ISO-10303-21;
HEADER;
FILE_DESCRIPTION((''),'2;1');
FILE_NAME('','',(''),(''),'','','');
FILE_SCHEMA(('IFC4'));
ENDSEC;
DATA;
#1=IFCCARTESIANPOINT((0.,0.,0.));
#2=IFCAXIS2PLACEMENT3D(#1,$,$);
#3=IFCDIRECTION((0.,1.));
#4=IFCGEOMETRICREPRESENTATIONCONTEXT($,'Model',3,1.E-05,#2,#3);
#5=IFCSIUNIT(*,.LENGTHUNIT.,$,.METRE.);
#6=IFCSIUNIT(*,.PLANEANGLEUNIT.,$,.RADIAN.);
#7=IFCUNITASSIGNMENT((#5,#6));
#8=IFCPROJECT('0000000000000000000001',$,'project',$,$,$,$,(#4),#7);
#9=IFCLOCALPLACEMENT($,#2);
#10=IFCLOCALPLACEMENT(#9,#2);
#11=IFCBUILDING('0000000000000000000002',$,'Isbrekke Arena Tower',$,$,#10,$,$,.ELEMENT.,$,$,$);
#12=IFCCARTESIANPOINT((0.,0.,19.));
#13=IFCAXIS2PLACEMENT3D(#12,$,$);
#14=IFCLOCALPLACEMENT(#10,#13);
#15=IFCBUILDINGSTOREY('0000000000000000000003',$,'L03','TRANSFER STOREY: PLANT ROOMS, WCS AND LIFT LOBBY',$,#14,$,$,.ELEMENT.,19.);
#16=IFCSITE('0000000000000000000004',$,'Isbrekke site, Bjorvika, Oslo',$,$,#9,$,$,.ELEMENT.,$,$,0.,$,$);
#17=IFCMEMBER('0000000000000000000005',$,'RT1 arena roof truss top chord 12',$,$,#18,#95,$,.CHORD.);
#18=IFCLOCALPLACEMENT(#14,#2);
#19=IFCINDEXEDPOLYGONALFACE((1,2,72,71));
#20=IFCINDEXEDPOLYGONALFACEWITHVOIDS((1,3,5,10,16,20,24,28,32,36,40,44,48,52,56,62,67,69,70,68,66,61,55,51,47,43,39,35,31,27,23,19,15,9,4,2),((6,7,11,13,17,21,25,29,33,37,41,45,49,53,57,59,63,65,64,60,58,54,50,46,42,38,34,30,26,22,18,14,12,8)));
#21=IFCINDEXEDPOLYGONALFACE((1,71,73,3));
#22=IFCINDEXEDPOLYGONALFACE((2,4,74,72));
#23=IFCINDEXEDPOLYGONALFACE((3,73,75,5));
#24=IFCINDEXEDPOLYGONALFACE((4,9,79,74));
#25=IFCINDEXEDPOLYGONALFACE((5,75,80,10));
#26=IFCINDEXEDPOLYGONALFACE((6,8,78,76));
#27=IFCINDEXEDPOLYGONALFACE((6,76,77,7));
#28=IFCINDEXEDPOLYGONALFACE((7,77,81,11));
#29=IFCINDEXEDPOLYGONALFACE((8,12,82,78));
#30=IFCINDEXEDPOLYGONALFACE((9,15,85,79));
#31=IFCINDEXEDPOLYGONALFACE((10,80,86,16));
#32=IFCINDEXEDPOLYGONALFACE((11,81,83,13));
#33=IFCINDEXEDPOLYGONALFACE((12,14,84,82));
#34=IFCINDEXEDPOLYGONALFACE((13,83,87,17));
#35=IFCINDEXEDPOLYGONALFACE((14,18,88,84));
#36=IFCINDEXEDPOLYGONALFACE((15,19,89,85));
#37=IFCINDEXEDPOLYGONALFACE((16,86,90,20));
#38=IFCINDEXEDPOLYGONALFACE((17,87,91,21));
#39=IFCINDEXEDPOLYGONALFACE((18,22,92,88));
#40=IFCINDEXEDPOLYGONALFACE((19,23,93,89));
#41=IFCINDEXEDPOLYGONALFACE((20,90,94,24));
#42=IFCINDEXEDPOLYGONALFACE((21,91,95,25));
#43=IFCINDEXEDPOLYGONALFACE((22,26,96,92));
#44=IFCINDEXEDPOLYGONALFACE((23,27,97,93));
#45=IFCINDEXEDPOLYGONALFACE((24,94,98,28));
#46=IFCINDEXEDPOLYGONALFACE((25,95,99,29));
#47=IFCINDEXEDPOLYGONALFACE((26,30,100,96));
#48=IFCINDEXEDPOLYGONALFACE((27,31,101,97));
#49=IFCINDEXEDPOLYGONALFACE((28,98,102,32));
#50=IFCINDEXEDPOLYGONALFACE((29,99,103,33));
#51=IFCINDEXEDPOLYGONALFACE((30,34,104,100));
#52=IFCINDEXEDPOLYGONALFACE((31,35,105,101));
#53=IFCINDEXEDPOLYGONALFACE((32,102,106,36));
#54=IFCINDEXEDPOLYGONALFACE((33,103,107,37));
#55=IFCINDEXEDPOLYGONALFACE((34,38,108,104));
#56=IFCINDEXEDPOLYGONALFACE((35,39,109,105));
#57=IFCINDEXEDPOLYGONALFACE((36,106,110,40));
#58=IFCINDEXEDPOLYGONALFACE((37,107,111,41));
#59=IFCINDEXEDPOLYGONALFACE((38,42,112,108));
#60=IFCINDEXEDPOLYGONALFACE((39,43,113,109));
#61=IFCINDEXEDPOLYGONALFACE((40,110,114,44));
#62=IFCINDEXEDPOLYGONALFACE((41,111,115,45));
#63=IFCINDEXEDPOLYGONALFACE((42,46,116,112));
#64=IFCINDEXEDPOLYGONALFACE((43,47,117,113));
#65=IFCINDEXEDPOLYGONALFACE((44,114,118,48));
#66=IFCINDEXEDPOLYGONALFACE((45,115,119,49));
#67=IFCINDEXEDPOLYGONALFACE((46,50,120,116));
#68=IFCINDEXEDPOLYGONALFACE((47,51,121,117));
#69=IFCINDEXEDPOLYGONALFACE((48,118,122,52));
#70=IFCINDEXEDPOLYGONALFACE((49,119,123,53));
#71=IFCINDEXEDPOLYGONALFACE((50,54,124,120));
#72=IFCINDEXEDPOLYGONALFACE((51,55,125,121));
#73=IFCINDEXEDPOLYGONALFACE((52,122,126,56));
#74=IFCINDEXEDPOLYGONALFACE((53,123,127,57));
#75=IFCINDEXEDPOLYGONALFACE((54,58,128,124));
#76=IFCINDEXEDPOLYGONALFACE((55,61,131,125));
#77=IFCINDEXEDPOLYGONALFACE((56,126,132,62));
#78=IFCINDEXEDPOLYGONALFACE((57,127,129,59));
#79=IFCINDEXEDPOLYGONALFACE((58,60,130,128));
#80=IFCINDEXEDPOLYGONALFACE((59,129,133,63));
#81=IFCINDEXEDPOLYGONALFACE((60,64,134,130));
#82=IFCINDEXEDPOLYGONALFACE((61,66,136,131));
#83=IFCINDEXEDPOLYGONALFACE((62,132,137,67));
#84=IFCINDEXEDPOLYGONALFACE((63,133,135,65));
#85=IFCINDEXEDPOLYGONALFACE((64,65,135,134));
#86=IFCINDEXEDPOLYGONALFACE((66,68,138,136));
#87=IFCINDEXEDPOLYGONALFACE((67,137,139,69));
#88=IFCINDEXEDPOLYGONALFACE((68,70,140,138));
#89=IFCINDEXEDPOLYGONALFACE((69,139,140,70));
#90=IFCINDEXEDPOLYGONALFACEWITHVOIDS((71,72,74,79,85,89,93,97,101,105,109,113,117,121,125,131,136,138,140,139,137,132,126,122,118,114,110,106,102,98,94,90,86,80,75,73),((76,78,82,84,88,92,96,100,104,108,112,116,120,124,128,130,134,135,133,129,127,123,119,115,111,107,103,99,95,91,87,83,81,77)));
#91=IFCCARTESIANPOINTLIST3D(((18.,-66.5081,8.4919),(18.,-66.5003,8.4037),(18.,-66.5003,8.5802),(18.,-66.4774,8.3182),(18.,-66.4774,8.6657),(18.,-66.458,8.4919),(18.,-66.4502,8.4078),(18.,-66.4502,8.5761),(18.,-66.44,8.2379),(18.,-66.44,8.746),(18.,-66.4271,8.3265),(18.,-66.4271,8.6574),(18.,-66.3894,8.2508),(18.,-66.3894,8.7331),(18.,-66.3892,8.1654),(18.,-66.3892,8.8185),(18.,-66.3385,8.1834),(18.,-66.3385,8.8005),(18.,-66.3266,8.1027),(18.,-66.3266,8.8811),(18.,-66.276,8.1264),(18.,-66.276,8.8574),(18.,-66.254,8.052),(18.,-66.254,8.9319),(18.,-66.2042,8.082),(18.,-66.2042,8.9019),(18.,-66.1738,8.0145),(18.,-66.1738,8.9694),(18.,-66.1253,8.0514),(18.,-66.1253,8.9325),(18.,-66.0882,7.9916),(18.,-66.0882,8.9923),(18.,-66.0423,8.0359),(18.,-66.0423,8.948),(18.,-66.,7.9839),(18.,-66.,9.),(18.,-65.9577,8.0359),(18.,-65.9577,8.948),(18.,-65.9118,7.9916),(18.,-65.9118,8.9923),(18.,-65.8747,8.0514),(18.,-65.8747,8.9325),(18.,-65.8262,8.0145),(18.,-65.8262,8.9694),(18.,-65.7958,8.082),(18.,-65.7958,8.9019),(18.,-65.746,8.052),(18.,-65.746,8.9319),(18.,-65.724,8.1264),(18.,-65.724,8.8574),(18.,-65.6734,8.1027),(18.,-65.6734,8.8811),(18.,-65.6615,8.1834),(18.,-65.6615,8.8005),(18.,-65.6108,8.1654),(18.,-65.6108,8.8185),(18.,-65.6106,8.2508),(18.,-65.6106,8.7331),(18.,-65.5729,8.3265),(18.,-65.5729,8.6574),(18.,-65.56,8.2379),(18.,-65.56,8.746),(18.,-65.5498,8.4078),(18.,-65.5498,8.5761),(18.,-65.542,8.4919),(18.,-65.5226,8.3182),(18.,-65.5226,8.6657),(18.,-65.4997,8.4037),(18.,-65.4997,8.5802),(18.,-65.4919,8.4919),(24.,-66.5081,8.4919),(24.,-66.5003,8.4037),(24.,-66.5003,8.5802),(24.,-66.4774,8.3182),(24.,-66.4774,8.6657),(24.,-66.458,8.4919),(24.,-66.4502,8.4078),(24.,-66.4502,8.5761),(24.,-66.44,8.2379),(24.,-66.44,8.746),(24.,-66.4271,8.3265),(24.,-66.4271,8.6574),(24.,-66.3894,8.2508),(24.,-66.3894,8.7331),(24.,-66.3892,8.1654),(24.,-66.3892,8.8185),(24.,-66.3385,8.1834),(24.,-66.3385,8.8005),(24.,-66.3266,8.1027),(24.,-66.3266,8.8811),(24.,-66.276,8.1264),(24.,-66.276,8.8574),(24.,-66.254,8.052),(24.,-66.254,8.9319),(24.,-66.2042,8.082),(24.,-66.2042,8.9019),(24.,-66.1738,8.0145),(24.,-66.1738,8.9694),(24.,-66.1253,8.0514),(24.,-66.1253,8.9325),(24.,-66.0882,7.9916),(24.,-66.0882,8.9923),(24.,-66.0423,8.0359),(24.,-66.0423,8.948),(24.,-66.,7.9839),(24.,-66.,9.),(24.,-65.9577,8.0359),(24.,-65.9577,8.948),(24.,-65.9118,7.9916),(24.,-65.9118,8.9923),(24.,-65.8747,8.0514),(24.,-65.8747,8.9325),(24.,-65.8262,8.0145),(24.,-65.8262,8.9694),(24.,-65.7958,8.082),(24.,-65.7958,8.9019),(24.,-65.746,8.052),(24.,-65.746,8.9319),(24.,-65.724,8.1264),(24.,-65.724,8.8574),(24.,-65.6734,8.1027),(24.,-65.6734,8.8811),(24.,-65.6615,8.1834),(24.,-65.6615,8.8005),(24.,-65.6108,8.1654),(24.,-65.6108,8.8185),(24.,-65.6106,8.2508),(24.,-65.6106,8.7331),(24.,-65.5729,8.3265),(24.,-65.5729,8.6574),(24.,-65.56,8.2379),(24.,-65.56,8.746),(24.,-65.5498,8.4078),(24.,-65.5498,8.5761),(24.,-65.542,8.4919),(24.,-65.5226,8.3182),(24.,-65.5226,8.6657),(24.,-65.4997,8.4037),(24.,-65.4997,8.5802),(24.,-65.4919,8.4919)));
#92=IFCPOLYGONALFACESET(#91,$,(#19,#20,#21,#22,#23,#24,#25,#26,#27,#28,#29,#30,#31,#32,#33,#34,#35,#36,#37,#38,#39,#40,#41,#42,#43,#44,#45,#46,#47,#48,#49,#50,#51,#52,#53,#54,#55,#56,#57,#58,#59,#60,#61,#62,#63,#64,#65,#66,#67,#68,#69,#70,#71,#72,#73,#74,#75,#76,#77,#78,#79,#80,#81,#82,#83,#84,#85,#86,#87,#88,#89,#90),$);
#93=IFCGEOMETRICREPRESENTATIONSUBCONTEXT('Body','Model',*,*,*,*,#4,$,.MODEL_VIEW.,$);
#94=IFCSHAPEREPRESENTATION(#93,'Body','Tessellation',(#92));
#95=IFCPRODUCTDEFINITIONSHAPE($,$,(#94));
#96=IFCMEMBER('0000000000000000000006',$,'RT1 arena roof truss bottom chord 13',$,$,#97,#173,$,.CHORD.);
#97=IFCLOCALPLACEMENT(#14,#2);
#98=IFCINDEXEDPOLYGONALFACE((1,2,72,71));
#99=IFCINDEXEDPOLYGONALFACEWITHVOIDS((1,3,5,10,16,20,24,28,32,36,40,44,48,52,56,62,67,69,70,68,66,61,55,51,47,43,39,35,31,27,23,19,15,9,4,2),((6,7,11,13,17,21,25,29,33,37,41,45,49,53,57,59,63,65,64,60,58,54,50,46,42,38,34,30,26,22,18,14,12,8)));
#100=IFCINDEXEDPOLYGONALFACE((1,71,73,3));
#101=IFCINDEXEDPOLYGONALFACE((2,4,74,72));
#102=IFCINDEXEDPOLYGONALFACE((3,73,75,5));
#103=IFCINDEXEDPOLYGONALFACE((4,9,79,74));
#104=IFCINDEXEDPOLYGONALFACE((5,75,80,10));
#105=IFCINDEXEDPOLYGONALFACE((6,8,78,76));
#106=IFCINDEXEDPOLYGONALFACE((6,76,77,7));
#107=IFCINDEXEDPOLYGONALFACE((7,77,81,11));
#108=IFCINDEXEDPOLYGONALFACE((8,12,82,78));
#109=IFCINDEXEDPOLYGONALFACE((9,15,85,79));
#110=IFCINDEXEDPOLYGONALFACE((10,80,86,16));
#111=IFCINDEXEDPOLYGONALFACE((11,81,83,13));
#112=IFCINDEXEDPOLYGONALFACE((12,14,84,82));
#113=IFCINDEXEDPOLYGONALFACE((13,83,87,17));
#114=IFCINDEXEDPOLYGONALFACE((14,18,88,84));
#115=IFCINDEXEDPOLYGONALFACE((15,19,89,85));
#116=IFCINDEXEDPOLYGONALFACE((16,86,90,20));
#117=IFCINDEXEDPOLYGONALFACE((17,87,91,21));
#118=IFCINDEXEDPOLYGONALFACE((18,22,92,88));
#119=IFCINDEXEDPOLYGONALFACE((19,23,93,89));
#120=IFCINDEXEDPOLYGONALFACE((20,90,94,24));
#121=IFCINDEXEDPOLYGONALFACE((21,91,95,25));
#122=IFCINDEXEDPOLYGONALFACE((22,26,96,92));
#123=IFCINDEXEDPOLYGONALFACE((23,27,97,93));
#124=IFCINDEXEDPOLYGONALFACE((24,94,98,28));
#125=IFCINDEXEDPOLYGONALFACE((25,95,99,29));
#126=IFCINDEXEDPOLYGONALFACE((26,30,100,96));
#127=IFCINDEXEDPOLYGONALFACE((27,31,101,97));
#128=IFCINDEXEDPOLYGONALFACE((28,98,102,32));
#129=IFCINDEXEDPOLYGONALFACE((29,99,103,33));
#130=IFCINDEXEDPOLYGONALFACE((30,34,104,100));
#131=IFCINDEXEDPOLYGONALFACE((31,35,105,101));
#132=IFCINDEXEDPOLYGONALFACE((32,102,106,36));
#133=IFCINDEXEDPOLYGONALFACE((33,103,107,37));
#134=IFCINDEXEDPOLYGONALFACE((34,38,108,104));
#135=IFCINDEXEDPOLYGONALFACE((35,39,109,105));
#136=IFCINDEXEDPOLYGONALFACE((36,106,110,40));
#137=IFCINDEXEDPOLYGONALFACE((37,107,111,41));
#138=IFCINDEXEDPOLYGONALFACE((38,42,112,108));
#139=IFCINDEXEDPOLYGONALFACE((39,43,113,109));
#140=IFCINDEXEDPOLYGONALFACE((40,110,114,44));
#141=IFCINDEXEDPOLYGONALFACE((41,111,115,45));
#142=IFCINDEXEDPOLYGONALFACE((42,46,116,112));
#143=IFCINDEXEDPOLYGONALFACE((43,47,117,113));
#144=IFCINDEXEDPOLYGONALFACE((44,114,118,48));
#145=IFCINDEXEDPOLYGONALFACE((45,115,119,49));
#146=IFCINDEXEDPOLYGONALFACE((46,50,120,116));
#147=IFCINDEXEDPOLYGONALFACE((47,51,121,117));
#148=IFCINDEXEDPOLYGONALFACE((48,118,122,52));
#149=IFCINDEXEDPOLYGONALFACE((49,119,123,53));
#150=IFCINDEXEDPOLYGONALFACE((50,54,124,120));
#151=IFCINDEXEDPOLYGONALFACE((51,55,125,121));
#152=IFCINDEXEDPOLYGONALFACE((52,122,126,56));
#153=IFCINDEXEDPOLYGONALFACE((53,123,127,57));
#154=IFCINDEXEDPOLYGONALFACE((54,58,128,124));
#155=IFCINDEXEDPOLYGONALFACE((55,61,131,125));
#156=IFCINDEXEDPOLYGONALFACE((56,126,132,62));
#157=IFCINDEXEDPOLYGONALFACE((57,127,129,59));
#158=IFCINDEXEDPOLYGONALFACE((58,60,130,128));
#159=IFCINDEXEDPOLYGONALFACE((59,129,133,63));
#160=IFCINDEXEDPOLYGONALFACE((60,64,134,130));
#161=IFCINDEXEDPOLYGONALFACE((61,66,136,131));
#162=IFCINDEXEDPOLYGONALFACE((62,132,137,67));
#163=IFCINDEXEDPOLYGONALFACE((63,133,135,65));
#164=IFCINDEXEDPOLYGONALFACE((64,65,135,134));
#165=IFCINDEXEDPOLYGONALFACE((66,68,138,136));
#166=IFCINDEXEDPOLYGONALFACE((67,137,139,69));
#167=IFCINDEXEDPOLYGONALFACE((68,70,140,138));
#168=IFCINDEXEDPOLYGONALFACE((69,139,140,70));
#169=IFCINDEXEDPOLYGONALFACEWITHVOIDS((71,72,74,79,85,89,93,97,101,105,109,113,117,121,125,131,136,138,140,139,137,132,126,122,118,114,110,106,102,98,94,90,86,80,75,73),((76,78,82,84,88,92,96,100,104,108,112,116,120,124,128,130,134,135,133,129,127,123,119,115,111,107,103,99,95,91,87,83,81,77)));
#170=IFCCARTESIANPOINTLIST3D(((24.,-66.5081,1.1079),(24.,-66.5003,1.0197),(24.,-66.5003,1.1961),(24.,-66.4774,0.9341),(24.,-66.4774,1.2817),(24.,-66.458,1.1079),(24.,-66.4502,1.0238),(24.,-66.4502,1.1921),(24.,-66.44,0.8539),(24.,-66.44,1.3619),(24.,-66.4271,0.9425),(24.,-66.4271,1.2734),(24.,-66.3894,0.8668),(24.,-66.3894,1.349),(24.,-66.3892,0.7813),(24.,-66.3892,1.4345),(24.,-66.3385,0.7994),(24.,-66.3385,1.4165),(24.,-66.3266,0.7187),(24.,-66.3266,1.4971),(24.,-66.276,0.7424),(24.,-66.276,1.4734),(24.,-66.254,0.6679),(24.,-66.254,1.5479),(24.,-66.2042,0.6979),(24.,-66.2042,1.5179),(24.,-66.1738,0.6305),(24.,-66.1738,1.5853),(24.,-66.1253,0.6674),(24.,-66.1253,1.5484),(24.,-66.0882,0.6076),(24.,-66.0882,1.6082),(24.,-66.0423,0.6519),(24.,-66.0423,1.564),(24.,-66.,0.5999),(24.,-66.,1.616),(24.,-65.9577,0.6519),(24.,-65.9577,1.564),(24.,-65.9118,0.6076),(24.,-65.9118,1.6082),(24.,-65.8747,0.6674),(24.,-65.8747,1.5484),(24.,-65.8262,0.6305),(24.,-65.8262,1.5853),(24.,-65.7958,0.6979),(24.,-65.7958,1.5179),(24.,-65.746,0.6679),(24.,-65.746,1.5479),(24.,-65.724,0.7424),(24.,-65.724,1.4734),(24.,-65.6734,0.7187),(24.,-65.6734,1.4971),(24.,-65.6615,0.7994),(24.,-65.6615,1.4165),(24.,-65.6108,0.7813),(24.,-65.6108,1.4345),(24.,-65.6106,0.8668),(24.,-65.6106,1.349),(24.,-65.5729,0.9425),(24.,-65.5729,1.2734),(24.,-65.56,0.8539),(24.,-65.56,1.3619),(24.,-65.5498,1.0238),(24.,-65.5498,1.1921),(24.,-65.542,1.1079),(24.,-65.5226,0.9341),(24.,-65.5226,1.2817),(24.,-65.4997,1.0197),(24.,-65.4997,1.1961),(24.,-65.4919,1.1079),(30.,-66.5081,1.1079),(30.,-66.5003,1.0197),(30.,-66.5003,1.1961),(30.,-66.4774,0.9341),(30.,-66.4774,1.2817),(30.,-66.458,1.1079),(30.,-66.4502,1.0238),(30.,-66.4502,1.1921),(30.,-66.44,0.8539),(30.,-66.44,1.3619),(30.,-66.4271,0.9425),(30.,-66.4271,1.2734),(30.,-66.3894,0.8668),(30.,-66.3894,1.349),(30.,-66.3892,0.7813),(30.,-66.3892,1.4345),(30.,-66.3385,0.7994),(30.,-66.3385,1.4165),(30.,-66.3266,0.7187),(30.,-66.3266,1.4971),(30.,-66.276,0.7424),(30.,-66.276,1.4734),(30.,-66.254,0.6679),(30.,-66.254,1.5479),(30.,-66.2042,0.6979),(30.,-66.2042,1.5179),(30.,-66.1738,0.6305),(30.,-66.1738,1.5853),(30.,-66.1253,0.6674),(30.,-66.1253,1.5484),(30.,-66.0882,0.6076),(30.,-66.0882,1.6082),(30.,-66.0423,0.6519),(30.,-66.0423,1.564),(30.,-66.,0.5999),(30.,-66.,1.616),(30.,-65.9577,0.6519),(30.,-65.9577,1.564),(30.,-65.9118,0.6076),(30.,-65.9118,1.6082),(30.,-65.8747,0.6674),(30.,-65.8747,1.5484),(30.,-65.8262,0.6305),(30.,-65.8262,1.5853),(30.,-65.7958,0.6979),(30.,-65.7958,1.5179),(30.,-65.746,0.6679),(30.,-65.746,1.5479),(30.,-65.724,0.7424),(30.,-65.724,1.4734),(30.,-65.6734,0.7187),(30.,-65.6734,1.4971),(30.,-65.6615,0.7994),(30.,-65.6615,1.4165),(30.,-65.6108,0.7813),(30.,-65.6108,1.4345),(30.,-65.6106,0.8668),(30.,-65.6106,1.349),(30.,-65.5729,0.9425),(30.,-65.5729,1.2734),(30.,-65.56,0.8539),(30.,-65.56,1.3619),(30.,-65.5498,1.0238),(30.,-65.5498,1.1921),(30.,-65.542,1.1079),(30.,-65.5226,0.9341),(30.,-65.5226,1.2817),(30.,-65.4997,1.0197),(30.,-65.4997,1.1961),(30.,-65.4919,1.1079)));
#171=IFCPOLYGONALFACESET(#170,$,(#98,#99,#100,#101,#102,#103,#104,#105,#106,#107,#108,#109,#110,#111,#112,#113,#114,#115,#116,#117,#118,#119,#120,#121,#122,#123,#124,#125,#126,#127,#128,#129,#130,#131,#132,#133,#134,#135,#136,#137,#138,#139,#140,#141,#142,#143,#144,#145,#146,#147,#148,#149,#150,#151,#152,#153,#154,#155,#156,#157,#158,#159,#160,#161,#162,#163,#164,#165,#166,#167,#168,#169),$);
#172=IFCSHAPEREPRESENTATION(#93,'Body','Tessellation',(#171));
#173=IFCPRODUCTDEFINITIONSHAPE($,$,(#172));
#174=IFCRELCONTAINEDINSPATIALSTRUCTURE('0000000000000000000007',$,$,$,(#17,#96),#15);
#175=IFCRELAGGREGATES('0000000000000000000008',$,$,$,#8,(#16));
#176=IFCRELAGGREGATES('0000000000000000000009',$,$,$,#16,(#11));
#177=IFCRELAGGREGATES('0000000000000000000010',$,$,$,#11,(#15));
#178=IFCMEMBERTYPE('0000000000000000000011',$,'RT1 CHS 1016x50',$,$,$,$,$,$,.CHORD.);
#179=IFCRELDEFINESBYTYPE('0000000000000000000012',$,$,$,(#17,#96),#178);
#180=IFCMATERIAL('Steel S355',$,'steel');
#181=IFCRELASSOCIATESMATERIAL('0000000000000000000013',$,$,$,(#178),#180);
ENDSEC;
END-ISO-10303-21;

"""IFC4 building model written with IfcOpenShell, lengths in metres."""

from ifc_helpers import new_model, si_unit, direction, frame, origin, origin_2d, place, context, subcontext, project, spatial, hollow_circle, extrude, material, material_profile, profile_set, type_object, element, save


model = new_model("IFC4")

# Units and contexts
model_context = context("Model", 3, precision=1e-05, world=origin(), true_north=direction((0.0, 1.0)))
body_context = subcontext(model_context, "Body", "Model", "MODEL_VIEW")
ifc_project = project(units=[si_unit("LENGTHUNIT", "METRE"), si_unit("PLANEANGLEUNIT", "RADIAN")], contexts=[model_context])

# Site, building, storey
site_placement = place(None, origin())
site = spatial("IfcSite", under=ifc_project, at=site_placement, Name="Isbrekke site, Bjorvika, Oslo", CompositionType="ELEMENT", RefElevation=0.0)
building_placement = place(site_placement, origin())
building = spatial("IfcBuilding", under=site, at=building_placement, Name="Isbrekke Arena Tower", CompositionType="ELEMENT")
storey_placement = place(building_placement, frame((0.0, 0.0, 19.0)))
storey = spatial("IfcBuildingStorey", under=building, at=storey_placement, Name="L03", Description="TRANSFER STOREY: PLANT ROOMS, WCS AND LIFT LOBBY", CompositionType="ELEMENT", Elevation=19.0)

# Members
ifc_material_1 = material(Name="Steel S355", Category="steel")
ifc_material_profile_1 = material_profile(ifc_material_1, hollow_circle(Radius=0.5081, WallThickness=0.05, at=origin_2d()), Name="CHS 1016x50")
ifc_profile_set_1 = profile_set([ifc_material_profile_1], Name="Steel S355")
member_type_1 = type_object("IfcMemberType", Name="RT1 CHS 1016x50", PredefinedType="CHORD", material=ifc_profile_set_1)
for number, where, z_axis, x_axis, name in (
    (1, (18.0, -66.0, 8.4919), (1.0, 0.0, 0.0), (0.0, 1.0, 0.0), "RT1 arena roof truss top chord 12"),
    (2, (24.0, -66.0, 1.1079), (1.0, 0.0, 0.0), (0.0, 1.0, 0.0), "RT1 arena roof truss bottom chord 13"),
):
    element("IfcMember", number, at=place(storey_placement, frame(where, z_axis=z_axis, x_axis=x_axis)), inside=storey, type_object=member_type_1, Name=name, PredefinedType="CHORD", context=body_context, shape_type="SweptSolid", body=[
        extrude(hollow_circle(Radius=0.5081, WallThickness=0.05, at=origin_2d()), origin(), (0.0, 0.0, 1.0), 6.0),
    ])

save(model, "model.ifc")
